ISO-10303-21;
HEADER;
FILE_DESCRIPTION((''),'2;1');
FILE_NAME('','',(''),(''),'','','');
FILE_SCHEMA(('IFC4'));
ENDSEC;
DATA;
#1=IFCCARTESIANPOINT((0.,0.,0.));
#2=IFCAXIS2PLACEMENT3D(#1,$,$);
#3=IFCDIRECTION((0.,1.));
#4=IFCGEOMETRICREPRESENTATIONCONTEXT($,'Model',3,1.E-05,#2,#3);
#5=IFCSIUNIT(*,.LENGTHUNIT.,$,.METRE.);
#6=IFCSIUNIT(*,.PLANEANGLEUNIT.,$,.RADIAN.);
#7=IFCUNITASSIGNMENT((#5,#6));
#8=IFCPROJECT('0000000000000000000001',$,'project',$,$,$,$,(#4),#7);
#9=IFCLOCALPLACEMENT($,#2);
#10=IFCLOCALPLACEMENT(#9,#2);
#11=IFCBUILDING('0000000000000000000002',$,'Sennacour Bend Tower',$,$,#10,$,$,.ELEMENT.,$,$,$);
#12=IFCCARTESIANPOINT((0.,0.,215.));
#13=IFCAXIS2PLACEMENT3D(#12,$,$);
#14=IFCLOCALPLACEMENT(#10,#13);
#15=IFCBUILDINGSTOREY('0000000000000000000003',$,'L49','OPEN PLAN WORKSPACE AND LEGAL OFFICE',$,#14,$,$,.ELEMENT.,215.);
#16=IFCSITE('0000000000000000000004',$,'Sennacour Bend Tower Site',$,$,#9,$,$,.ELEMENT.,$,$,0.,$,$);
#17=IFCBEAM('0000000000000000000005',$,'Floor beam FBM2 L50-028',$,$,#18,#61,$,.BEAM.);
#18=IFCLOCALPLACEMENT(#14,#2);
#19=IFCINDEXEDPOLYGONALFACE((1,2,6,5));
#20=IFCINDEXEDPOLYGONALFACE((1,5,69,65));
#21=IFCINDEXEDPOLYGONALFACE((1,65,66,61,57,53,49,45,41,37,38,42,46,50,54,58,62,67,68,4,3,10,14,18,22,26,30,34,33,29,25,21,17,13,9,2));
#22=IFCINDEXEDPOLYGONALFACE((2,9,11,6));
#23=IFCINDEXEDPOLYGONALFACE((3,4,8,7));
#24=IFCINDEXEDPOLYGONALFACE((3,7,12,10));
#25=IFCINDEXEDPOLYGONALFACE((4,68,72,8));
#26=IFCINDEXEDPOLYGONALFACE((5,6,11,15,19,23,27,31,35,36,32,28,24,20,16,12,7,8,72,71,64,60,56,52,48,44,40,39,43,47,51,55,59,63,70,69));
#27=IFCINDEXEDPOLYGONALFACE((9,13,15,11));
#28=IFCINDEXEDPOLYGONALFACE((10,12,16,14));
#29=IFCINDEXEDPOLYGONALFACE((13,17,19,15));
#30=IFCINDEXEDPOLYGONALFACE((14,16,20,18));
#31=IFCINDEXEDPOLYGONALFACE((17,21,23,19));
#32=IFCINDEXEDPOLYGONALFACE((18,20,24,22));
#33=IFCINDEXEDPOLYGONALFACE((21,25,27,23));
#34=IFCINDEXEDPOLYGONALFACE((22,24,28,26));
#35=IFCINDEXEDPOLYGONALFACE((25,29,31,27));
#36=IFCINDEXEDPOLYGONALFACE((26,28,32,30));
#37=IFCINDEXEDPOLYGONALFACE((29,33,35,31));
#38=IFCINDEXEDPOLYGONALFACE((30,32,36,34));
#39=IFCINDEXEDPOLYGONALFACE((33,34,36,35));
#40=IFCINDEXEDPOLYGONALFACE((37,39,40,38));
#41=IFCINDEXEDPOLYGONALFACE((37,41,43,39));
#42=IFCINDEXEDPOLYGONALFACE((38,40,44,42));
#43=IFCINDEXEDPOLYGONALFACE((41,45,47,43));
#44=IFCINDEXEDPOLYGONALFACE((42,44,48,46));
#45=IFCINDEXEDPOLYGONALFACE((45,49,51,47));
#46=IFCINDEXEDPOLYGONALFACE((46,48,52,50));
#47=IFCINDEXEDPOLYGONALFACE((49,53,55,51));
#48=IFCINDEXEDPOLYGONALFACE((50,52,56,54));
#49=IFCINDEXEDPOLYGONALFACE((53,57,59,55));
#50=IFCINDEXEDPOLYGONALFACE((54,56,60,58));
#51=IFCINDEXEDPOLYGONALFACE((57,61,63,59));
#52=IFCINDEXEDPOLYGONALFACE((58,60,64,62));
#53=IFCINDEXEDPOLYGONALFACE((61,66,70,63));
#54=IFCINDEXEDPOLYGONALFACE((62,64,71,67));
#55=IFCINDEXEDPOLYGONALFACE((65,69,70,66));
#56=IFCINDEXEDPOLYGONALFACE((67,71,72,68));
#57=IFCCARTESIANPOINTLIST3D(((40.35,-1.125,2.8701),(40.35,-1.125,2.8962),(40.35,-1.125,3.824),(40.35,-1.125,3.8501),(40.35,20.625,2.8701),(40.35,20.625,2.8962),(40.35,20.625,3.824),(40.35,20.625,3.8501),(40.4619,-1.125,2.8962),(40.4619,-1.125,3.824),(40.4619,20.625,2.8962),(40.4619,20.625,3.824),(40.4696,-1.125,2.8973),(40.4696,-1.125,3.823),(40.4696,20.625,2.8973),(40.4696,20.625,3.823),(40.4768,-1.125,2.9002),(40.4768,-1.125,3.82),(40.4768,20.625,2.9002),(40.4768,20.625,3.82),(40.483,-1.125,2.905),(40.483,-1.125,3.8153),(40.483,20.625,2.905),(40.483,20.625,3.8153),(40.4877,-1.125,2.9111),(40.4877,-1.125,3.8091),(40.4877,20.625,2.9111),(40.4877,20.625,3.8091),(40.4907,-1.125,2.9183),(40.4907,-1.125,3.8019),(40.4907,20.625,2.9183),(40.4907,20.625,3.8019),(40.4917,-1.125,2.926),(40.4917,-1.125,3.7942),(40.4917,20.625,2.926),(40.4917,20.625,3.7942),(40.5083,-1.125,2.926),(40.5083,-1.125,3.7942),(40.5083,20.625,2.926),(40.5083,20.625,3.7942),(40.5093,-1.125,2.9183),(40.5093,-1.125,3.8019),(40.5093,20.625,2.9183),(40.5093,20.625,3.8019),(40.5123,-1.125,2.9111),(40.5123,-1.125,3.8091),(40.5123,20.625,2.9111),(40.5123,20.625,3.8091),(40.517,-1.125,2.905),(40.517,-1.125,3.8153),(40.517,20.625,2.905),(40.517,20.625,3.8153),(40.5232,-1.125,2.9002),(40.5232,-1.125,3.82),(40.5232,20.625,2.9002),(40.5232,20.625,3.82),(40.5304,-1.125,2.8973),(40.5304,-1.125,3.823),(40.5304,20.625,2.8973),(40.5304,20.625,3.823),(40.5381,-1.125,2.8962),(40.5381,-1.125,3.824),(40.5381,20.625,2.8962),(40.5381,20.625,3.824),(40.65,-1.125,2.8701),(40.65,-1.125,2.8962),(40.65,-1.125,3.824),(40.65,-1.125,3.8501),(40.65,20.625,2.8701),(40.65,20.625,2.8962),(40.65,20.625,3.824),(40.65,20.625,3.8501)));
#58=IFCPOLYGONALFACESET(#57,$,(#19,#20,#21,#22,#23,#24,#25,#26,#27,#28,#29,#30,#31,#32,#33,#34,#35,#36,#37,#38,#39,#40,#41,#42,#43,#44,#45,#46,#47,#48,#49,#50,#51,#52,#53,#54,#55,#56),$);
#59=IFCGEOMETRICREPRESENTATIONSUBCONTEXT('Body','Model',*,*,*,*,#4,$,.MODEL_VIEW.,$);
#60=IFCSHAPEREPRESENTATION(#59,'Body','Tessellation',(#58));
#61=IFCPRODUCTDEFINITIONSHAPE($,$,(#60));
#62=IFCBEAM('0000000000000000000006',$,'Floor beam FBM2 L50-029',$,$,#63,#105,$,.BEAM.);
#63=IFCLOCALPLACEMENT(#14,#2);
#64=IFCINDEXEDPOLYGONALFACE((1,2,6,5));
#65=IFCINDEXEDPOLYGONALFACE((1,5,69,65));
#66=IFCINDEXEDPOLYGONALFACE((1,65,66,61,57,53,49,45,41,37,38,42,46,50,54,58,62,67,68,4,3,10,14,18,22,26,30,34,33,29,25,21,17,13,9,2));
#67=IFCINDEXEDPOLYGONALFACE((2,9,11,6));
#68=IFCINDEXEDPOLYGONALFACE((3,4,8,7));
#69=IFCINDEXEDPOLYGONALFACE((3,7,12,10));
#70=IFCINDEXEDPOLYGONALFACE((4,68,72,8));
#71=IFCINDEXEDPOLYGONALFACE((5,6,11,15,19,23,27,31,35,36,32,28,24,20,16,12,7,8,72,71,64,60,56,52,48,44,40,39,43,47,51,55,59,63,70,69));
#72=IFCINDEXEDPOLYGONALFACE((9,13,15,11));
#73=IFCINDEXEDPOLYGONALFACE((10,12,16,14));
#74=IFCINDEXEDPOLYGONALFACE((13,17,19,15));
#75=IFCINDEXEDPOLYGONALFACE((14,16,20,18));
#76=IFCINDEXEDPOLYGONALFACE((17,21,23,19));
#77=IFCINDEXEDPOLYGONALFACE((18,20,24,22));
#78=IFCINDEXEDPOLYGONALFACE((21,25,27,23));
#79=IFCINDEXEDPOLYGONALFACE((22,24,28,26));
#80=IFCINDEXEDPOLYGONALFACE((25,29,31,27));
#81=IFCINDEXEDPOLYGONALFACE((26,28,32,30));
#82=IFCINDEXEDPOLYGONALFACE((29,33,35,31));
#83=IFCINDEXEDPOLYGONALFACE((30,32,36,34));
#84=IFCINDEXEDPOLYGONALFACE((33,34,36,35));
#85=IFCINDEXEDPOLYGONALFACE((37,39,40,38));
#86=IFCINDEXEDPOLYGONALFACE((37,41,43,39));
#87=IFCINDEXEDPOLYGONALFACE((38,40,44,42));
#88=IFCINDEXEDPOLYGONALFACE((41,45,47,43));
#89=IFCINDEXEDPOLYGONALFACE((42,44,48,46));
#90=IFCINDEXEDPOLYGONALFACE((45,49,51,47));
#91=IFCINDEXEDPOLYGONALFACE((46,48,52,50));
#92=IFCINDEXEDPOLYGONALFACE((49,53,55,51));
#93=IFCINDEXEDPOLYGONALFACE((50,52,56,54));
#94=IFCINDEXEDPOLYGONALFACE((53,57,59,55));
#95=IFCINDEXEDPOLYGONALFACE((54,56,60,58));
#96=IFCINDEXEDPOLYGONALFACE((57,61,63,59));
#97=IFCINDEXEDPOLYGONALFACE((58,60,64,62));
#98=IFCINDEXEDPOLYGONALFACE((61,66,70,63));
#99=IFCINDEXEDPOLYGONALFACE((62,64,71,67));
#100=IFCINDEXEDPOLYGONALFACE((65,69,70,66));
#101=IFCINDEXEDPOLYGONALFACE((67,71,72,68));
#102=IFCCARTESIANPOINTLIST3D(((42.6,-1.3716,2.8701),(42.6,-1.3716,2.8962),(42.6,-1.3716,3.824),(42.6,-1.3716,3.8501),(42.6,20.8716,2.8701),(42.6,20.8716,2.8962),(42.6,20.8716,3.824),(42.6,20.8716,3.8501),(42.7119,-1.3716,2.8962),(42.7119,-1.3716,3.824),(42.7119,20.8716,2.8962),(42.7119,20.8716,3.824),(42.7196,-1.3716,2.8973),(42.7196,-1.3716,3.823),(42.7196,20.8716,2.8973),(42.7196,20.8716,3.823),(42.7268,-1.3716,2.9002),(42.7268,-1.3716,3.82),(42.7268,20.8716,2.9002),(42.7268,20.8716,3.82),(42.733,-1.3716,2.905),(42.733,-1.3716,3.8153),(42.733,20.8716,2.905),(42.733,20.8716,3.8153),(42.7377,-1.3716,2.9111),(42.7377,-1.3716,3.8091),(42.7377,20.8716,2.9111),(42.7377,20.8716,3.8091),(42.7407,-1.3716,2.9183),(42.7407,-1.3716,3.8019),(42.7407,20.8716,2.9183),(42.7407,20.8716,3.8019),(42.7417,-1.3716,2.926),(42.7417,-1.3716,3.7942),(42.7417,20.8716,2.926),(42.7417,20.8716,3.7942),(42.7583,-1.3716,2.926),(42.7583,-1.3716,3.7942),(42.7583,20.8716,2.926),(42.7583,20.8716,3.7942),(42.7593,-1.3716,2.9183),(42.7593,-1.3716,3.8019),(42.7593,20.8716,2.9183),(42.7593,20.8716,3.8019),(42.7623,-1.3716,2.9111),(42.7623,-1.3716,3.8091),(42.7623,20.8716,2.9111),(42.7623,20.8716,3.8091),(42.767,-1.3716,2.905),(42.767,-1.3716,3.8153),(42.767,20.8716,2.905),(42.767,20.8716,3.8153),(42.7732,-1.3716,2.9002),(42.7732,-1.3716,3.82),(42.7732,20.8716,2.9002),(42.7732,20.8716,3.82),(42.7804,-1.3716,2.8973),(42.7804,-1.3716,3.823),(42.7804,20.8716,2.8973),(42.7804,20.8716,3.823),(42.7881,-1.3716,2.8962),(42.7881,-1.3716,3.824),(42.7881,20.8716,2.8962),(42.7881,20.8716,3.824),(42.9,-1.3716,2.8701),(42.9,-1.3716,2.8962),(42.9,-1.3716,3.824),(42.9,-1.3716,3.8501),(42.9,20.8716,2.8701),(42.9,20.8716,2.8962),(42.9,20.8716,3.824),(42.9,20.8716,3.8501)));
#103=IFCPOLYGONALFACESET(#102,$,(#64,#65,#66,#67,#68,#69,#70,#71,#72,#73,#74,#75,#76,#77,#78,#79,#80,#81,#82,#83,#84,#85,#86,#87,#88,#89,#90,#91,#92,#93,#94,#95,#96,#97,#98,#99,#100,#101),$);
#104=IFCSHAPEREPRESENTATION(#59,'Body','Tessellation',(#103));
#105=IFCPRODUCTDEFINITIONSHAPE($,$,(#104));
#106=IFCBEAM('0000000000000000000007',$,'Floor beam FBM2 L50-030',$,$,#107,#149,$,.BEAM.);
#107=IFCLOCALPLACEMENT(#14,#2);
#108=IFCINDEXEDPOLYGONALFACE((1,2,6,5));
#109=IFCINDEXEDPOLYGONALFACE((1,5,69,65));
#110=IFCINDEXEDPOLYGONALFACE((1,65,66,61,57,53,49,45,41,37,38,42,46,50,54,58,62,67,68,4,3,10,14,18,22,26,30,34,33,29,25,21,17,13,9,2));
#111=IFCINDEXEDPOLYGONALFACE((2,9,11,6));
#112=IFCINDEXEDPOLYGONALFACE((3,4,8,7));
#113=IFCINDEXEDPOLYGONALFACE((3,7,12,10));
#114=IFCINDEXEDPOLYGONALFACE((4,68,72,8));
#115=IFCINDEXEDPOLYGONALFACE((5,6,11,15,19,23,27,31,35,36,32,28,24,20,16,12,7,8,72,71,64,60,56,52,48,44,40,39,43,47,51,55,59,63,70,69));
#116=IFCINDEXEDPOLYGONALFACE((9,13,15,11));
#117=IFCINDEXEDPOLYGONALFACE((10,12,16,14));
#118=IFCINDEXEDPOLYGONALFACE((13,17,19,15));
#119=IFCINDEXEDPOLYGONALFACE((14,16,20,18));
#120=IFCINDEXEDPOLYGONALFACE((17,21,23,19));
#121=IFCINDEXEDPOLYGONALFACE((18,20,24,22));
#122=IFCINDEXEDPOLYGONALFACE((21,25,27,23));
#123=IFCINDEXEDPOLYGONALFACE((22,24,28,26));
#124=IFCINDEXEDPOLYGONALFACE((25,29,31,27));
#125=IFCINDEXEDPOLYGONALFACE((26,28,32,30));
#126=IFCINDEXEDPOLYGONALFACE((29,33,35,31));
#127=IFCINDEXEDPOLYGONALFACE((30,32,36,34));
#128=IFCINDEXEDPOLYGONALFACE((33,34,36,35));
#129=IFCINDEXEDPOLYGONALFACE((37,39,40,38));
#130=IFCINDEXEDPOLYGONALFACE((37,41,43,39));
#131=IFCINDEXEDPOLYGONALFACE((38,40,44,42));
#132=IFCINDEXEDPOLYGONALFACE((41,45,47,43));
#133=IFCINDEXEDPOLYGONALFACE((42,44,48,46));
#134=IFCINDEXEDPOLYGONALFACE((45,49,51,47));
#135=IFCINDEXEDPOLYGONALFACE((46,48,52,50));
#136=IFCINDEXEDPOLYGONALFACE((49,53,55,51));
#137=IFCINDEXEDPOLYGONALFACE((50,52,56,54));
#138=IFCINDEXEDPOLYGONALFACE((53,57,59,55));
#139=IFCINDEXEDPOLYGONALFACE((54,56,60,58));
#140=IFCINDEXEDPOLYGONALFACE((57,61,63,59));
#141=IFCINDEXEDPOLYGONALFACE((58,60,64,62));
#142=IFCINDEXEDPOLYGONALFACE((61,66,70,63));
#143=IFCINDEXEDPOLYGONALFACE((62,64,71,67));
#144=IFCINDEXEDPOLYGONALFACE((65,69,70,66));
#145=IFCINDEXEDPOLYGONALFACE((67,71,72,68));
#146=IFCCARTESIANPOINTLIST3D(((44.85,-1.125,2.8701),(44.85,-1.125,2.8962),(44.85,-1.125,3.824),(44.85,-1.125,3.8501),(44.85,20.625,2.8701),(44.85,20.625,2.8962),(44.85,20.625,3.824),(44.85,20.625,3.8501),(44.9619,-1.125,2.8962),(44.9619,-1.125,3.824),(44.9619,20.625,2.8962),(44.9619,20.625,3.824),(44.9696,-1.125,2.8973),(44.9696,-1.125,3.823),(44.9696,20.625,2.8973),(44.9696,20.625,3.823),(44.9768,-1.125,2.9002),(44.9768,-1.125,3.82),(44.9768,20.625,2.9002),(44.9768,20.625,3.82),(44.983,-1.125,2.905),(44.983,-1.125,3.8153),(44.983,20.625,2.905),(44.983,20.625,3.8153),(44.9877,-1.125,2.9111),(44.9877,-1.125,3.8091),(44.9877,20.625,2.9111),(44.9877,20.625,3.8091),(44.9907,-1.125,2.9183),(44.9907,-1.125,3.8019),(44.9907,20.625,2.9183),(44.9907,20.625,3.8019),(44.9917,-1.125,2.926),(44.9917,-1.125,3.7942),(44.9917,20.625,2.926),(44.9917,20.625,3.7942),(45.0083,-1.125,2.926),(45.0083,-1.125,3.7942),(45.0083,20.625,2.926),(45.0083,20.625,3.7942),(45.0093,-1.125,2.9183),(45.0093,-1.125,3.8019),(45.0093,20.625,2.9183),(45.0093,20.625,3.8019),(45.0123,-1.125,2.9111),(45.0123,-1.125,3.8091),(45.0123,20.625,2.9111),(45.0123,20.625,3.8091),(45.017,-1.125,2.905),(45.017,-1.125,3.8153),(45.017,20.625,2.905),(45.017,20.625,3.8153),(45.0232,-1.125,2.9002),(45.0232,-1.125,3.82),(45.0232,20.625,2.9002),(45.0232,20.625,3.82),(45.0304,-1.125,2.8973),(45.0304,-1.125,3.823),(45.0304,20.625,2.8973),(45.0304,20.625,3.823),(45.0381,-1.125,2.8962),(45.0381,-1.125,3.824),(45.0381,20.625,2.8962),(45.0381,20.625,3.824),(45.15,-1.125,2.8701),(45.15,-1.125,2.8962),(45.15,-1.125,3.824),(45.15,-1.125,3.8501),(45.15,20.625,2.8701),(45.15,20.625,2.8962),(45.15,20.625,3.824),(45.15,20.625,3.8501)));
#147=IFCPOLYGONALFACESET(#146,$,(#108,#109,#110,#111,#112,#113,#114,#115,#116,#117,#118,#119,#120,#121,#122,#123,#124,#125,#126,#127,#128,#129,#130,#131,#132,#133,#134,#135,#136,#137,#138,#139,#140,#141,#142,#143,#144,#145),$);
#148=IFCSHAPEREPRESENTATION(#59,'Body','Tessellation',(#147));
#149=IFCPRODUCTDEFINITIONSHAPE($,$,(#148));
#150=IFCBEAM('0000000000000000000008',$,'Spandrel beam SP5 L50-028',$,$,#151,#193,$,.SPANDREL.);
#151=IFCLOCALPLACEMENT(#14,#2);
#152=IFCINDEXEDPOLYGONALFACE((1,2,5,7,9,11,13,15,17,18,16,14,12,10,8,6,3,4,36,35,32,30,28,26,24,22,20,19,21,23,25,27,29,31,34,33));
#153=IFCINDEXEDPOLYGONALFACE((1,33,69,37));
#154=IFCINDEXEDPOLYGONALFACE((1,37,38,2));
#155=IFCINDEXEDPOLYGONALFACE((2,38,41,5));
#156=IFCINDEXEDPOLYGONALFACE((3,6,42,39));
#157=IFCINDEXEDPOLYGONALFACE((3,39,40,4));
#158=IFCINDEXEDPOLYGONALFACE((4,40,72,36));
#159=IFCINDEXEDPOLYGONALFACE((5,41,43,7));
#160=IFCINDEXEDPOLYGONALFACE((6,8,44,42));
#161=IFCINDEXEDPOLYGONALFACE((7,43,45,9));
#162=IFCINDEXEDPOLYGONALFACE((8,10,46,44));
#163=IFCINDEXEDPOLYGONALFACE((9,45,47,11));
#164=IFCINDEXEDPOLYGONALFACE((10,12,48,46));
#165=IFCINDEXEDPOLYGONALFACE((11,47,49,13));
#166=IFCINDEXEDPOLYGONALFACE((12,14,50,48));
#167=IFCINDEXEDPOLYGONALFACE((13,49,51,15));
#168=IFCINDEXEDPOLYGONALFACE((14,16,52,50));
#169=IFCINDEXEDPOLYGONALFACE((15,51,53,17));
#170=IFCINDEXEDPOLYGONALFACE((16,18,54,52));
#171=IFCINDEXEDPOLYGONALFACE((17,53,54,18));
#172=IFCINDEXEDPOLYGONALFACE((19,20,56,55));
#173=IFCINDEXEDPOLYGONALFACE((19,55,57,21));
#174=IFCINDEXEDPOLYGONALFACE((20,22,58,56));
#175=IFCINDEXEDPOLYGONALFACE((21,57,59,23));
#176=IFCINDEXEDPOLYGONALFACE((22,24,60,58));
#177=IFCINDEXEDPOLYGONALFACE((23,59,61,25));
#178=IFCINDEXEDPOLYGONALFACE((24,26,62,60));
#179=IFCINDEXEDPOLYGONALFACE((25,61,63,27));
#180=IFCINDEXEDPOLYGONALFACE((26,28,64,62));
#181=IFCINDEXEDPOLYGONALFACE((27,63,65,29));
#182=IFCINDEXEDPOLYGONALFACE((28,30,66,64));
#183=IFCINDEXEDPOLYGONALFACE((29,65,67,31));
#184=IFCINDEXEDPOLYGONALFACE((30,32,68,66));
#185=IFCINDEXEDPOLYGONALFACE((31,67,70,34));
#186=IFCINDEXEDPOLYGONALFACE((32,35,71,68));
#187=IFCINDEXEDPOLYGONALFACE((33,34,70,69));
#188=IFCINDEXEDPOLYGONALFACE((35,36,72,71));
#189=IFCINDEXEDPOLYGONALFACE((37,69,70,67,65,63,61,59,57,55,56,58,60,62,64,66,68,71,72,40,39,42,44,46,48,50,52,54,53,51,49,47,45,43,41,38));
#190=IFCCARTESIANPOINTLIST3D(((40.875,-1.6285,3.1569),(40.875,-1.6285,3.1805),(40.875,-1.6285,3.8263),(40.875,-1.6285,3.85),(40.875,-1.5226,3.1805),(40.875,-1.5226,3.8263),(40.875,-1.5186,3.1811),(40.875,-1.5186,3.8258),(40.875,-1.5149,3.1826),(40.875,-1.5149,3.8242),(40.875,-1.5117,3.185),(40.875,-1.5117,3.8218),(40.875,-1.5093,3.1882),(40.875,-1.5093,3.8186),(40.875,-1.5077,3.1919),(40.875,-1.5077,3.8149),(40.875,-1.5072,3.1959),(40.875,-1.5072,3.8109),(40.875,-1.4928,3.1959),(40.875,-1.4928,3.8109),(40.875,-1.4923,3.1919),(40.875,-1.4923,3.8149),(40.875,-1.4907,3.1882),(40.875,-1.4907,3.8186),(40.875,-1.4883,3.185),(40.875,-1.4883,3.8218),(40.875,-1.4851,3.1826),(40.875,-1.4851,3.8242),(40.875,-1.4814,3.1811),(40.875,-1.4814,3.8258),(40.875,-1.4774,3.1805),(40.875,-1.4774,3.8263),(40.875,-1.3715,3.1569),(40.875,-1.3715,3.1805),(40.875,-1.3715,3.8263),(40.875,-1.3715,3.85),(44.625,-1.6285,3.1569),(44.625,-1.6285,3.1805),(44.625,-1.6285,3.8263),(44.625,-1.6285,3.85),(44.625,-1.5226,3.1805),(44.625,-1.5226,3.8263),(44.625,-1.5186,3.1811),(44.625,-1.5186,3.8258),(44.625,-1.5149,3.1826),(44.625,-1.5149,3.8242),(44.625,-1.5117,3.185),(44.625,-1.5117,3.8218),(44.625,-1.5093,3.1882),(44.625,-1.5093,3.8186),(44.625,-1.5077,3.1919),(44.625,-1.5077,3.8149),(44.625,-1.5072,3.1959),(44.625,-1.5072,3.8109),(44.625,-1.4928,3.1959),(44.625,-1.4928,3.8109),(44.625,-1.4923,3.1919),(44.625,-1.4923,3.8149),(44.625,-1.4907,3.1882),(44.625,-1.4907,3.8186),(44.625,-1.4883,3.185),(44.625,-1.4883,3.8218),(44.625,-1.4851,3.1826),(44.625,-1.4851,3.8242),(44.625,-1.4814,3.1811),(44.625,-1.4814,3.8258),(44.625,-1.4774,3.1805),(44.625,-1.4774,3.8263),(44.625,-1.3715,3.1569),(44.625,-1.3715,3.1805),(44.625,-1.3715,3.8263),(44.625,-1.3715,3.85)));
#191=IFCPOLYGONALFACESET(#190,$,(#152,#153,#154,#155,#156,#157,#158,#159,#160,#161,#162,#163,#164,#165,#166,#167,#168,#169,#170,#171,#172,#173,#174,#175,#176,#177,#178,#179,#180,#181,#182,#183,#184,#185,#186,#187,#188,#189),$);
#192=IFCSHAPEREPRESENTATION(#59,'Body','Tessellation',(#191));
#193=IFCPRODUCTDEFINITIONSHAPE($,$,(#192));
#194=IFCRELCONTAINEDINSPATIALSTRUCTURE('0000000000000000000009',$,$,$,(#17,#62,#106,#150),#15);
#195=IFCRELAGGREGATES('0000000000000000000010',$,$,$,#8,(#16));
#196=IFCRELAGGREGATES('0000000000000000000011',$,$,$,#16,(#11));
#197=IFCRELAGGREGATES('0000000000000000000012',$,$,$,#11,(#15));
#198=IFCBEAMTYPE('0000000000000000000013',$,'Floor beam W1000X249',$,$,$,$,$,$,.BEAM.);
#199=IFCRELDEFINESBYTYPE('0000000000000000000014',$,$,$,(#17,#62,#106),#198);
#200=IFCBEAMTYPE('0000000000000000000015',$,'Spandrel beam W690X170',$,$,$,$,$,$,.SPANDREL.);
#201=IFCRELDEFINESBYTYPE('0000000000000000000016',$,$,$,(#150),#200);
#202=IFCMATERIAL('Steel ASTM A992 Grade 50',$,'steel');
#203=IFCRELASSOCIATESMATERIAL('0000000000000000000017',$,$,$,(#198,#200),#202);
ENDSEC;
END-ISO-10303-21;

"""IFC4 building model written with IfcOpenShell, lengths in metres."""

from ifc_helpers import new_model, si_unit, direction, frame, origin, origin_2d, place, context, subcontext, project, spatial, i_section, extrude, material, material_profile, profile_set, type_object, element, save


model = new_model("IFC4")

# Units and contexts
model_context = context("Model", 3, precision=1e-05, world=origin(), true_north=direction((0.0, 1.0)))
body_context = subcontext(model_context, "Body", "Model", "MODEL_VIEW")
ifc_project = project(units=[si_unit("LENGTHUNIT", "METRE"), si_unit("PLANEANGLEUNIT", "RADIAN")], contexts=[model_context])

# Site, building, storey
site_placement = place(None, origin())
site = spatial("IfcSite", under=ifc_project, at=site_placement, Name="Sennacour Bend Tower Site", CompositionType="ELEMENT", RefElevation=0.0)
building_placement = place(site_placement, origin())
building = spatial("IfcBuilding", under=site, at=building_placement, Name="Sennacour Bend Tower", CompositionType="ELEMENT")
storey_placement = place(building_placement, frame((0.0, 0.0, 215.0)))
storey = spatial("IfcBuildingStorey", under=building, at=storey_placement, Name="L49", Description="OPEN PLAN WORKSPACE AND LEGAL OFFICE", CompositionType="ELEMENT", Elevation=215.0)

# Beams
ifc_material_1 = material(Name="Steel ASTM A992 Grade 50", Category="steel")
ifc_material_profile_1 = material_profile(ifc_material_1, i_section(OverallWidth=0.3, OverallDepth=0.98, WebThickness=0.0166, FlangeThickness=0.0261, FilletRadius=0.0298, at=origin_2d()), Name="Steel ASTM A992 Grade 50", Category="steel")
ifc_profile_set_1 = profile_set([ifc_material_profile_1], Name="Steel ASTM A992 Grade 50")
beam_type_1 = type_object("IfcBeamType", Name="Floor beam W1000X249", PredefinedType="BEAM", material=ifc_profile_set_1)
beam_1_placement = place(storey_placement, frame((40.5, -1.125, 3.3601), z_axis=(0.0, 1.0, 0.0), x_axis=(-1.0, 0.0, 0.0)))
element("IfcBeam", 1, at=beam_1_placement, inside=storey, type_object=beam_type_1, Name="Floor beam FBM2 L50-028", PredefinedType="BEAM", context=body_context, shape_type="SweptSolid", body=[
    extrude(i_section(OverallWidth=0.3, OverallDepth=0.98, WebThickness=0.0166, FlangeThickness=0.0261, FilletRadius=0.0298, at=origin_2d()), origin(), (0.0, 0.0, 1.0), 21.75),
])
beam_2_placement = place(storey_placement, frame((42.75, -1.3716, 3.3601), z_axis=(0.0, 1.0, 0.0), x_axis=(-1.0, 0.0, 0.0)))
element("IfcBeam", 2, at=beam_2_placement, inside=storey, type_object=beam_type_1, Name="Floor beam FBM2 L50-029", PredefinedType="BEAM", context=body_context, shape_type="SweptSolid", body=[
    extrude(i_section(OverallWidth=0.3, OverallDepth=0.98, WebThickness=0.0166, FlangeThickness=0.0261, FilletRadius=0.0298, at=origin_2d()), origin(), (0.0, 0.0, 1.0), 22.2432),
])
beam_3_placement = place(storey_placement, frame((45.0, -1.125, 3.3601), z_axis=(0.0, 1.0, 0.0), x_axis=(-1.0, 0.0, 0.0)))
element("IfcBeam", 3, at=beam_3_placement, inside=storey, type_object=beam_type_1, Name="Floor beam FBM2 L50-030", PredefinedType="BEAM", context=body_context, shape_type="SweptSolid", body=[
    extrude(i_section(OverallWidth=0.3, OverallDepth=0.98, WebThickness=0.0166, FlangeThickness=0.0261, FilletRadius=0.0298, at=origin_2d()), origin(), (0.0, 0.0, 1.0), 21.75),
])
ifc_material_profile_2 = material_profile(ifc_material_1, i_section(OverallWidth=0.2571, OverallDepth=0.6931, WebThickness=0.0144, FlangeThickness=0.0237, FilletRadius=0.0154, at=origin_2d()), Name="Steel ASTM A992 Grade 50", Category="steel")
ifc_profile_set_2 = profile_set([ifc_material_profile_2], Name="Steel ASTM A992 Grade 50")
beam_type_2 = type_object("IfcBeamType", Name="Spandrel beam W690X170", PredefinedType="SPANDREL", material=ifc_profile_set_2)
for number, where, z_axis, x_axis, name in (
    (4, (44.625, -1.5, 3.5034), (-1.0, 0.0, 0.0), (0.0, -1.0, 0.0), "Spandrel beam SP5 L50-028"),
):
    element("IfcBeam", number, at=place(storey_placement, frame(where, z_axis=z_axis, x_axis=x_axis)), inside=storey, type_object=beam_type_2, Name=name, PredefinedType="SPANDREL", context=body_context, shape_type="SweptSolid", body=[
        extrude(i_section(OverallWidth=0.2571, OverallDepth=0.6931, WebThickness=0.0144, FlangeThickness=0.0237, FilletRadius=0.0154, at=origin_2d()), origin(), (0.0, 0.0, 1.0), 3.75),
    ])

save(model, "model.ifc")
